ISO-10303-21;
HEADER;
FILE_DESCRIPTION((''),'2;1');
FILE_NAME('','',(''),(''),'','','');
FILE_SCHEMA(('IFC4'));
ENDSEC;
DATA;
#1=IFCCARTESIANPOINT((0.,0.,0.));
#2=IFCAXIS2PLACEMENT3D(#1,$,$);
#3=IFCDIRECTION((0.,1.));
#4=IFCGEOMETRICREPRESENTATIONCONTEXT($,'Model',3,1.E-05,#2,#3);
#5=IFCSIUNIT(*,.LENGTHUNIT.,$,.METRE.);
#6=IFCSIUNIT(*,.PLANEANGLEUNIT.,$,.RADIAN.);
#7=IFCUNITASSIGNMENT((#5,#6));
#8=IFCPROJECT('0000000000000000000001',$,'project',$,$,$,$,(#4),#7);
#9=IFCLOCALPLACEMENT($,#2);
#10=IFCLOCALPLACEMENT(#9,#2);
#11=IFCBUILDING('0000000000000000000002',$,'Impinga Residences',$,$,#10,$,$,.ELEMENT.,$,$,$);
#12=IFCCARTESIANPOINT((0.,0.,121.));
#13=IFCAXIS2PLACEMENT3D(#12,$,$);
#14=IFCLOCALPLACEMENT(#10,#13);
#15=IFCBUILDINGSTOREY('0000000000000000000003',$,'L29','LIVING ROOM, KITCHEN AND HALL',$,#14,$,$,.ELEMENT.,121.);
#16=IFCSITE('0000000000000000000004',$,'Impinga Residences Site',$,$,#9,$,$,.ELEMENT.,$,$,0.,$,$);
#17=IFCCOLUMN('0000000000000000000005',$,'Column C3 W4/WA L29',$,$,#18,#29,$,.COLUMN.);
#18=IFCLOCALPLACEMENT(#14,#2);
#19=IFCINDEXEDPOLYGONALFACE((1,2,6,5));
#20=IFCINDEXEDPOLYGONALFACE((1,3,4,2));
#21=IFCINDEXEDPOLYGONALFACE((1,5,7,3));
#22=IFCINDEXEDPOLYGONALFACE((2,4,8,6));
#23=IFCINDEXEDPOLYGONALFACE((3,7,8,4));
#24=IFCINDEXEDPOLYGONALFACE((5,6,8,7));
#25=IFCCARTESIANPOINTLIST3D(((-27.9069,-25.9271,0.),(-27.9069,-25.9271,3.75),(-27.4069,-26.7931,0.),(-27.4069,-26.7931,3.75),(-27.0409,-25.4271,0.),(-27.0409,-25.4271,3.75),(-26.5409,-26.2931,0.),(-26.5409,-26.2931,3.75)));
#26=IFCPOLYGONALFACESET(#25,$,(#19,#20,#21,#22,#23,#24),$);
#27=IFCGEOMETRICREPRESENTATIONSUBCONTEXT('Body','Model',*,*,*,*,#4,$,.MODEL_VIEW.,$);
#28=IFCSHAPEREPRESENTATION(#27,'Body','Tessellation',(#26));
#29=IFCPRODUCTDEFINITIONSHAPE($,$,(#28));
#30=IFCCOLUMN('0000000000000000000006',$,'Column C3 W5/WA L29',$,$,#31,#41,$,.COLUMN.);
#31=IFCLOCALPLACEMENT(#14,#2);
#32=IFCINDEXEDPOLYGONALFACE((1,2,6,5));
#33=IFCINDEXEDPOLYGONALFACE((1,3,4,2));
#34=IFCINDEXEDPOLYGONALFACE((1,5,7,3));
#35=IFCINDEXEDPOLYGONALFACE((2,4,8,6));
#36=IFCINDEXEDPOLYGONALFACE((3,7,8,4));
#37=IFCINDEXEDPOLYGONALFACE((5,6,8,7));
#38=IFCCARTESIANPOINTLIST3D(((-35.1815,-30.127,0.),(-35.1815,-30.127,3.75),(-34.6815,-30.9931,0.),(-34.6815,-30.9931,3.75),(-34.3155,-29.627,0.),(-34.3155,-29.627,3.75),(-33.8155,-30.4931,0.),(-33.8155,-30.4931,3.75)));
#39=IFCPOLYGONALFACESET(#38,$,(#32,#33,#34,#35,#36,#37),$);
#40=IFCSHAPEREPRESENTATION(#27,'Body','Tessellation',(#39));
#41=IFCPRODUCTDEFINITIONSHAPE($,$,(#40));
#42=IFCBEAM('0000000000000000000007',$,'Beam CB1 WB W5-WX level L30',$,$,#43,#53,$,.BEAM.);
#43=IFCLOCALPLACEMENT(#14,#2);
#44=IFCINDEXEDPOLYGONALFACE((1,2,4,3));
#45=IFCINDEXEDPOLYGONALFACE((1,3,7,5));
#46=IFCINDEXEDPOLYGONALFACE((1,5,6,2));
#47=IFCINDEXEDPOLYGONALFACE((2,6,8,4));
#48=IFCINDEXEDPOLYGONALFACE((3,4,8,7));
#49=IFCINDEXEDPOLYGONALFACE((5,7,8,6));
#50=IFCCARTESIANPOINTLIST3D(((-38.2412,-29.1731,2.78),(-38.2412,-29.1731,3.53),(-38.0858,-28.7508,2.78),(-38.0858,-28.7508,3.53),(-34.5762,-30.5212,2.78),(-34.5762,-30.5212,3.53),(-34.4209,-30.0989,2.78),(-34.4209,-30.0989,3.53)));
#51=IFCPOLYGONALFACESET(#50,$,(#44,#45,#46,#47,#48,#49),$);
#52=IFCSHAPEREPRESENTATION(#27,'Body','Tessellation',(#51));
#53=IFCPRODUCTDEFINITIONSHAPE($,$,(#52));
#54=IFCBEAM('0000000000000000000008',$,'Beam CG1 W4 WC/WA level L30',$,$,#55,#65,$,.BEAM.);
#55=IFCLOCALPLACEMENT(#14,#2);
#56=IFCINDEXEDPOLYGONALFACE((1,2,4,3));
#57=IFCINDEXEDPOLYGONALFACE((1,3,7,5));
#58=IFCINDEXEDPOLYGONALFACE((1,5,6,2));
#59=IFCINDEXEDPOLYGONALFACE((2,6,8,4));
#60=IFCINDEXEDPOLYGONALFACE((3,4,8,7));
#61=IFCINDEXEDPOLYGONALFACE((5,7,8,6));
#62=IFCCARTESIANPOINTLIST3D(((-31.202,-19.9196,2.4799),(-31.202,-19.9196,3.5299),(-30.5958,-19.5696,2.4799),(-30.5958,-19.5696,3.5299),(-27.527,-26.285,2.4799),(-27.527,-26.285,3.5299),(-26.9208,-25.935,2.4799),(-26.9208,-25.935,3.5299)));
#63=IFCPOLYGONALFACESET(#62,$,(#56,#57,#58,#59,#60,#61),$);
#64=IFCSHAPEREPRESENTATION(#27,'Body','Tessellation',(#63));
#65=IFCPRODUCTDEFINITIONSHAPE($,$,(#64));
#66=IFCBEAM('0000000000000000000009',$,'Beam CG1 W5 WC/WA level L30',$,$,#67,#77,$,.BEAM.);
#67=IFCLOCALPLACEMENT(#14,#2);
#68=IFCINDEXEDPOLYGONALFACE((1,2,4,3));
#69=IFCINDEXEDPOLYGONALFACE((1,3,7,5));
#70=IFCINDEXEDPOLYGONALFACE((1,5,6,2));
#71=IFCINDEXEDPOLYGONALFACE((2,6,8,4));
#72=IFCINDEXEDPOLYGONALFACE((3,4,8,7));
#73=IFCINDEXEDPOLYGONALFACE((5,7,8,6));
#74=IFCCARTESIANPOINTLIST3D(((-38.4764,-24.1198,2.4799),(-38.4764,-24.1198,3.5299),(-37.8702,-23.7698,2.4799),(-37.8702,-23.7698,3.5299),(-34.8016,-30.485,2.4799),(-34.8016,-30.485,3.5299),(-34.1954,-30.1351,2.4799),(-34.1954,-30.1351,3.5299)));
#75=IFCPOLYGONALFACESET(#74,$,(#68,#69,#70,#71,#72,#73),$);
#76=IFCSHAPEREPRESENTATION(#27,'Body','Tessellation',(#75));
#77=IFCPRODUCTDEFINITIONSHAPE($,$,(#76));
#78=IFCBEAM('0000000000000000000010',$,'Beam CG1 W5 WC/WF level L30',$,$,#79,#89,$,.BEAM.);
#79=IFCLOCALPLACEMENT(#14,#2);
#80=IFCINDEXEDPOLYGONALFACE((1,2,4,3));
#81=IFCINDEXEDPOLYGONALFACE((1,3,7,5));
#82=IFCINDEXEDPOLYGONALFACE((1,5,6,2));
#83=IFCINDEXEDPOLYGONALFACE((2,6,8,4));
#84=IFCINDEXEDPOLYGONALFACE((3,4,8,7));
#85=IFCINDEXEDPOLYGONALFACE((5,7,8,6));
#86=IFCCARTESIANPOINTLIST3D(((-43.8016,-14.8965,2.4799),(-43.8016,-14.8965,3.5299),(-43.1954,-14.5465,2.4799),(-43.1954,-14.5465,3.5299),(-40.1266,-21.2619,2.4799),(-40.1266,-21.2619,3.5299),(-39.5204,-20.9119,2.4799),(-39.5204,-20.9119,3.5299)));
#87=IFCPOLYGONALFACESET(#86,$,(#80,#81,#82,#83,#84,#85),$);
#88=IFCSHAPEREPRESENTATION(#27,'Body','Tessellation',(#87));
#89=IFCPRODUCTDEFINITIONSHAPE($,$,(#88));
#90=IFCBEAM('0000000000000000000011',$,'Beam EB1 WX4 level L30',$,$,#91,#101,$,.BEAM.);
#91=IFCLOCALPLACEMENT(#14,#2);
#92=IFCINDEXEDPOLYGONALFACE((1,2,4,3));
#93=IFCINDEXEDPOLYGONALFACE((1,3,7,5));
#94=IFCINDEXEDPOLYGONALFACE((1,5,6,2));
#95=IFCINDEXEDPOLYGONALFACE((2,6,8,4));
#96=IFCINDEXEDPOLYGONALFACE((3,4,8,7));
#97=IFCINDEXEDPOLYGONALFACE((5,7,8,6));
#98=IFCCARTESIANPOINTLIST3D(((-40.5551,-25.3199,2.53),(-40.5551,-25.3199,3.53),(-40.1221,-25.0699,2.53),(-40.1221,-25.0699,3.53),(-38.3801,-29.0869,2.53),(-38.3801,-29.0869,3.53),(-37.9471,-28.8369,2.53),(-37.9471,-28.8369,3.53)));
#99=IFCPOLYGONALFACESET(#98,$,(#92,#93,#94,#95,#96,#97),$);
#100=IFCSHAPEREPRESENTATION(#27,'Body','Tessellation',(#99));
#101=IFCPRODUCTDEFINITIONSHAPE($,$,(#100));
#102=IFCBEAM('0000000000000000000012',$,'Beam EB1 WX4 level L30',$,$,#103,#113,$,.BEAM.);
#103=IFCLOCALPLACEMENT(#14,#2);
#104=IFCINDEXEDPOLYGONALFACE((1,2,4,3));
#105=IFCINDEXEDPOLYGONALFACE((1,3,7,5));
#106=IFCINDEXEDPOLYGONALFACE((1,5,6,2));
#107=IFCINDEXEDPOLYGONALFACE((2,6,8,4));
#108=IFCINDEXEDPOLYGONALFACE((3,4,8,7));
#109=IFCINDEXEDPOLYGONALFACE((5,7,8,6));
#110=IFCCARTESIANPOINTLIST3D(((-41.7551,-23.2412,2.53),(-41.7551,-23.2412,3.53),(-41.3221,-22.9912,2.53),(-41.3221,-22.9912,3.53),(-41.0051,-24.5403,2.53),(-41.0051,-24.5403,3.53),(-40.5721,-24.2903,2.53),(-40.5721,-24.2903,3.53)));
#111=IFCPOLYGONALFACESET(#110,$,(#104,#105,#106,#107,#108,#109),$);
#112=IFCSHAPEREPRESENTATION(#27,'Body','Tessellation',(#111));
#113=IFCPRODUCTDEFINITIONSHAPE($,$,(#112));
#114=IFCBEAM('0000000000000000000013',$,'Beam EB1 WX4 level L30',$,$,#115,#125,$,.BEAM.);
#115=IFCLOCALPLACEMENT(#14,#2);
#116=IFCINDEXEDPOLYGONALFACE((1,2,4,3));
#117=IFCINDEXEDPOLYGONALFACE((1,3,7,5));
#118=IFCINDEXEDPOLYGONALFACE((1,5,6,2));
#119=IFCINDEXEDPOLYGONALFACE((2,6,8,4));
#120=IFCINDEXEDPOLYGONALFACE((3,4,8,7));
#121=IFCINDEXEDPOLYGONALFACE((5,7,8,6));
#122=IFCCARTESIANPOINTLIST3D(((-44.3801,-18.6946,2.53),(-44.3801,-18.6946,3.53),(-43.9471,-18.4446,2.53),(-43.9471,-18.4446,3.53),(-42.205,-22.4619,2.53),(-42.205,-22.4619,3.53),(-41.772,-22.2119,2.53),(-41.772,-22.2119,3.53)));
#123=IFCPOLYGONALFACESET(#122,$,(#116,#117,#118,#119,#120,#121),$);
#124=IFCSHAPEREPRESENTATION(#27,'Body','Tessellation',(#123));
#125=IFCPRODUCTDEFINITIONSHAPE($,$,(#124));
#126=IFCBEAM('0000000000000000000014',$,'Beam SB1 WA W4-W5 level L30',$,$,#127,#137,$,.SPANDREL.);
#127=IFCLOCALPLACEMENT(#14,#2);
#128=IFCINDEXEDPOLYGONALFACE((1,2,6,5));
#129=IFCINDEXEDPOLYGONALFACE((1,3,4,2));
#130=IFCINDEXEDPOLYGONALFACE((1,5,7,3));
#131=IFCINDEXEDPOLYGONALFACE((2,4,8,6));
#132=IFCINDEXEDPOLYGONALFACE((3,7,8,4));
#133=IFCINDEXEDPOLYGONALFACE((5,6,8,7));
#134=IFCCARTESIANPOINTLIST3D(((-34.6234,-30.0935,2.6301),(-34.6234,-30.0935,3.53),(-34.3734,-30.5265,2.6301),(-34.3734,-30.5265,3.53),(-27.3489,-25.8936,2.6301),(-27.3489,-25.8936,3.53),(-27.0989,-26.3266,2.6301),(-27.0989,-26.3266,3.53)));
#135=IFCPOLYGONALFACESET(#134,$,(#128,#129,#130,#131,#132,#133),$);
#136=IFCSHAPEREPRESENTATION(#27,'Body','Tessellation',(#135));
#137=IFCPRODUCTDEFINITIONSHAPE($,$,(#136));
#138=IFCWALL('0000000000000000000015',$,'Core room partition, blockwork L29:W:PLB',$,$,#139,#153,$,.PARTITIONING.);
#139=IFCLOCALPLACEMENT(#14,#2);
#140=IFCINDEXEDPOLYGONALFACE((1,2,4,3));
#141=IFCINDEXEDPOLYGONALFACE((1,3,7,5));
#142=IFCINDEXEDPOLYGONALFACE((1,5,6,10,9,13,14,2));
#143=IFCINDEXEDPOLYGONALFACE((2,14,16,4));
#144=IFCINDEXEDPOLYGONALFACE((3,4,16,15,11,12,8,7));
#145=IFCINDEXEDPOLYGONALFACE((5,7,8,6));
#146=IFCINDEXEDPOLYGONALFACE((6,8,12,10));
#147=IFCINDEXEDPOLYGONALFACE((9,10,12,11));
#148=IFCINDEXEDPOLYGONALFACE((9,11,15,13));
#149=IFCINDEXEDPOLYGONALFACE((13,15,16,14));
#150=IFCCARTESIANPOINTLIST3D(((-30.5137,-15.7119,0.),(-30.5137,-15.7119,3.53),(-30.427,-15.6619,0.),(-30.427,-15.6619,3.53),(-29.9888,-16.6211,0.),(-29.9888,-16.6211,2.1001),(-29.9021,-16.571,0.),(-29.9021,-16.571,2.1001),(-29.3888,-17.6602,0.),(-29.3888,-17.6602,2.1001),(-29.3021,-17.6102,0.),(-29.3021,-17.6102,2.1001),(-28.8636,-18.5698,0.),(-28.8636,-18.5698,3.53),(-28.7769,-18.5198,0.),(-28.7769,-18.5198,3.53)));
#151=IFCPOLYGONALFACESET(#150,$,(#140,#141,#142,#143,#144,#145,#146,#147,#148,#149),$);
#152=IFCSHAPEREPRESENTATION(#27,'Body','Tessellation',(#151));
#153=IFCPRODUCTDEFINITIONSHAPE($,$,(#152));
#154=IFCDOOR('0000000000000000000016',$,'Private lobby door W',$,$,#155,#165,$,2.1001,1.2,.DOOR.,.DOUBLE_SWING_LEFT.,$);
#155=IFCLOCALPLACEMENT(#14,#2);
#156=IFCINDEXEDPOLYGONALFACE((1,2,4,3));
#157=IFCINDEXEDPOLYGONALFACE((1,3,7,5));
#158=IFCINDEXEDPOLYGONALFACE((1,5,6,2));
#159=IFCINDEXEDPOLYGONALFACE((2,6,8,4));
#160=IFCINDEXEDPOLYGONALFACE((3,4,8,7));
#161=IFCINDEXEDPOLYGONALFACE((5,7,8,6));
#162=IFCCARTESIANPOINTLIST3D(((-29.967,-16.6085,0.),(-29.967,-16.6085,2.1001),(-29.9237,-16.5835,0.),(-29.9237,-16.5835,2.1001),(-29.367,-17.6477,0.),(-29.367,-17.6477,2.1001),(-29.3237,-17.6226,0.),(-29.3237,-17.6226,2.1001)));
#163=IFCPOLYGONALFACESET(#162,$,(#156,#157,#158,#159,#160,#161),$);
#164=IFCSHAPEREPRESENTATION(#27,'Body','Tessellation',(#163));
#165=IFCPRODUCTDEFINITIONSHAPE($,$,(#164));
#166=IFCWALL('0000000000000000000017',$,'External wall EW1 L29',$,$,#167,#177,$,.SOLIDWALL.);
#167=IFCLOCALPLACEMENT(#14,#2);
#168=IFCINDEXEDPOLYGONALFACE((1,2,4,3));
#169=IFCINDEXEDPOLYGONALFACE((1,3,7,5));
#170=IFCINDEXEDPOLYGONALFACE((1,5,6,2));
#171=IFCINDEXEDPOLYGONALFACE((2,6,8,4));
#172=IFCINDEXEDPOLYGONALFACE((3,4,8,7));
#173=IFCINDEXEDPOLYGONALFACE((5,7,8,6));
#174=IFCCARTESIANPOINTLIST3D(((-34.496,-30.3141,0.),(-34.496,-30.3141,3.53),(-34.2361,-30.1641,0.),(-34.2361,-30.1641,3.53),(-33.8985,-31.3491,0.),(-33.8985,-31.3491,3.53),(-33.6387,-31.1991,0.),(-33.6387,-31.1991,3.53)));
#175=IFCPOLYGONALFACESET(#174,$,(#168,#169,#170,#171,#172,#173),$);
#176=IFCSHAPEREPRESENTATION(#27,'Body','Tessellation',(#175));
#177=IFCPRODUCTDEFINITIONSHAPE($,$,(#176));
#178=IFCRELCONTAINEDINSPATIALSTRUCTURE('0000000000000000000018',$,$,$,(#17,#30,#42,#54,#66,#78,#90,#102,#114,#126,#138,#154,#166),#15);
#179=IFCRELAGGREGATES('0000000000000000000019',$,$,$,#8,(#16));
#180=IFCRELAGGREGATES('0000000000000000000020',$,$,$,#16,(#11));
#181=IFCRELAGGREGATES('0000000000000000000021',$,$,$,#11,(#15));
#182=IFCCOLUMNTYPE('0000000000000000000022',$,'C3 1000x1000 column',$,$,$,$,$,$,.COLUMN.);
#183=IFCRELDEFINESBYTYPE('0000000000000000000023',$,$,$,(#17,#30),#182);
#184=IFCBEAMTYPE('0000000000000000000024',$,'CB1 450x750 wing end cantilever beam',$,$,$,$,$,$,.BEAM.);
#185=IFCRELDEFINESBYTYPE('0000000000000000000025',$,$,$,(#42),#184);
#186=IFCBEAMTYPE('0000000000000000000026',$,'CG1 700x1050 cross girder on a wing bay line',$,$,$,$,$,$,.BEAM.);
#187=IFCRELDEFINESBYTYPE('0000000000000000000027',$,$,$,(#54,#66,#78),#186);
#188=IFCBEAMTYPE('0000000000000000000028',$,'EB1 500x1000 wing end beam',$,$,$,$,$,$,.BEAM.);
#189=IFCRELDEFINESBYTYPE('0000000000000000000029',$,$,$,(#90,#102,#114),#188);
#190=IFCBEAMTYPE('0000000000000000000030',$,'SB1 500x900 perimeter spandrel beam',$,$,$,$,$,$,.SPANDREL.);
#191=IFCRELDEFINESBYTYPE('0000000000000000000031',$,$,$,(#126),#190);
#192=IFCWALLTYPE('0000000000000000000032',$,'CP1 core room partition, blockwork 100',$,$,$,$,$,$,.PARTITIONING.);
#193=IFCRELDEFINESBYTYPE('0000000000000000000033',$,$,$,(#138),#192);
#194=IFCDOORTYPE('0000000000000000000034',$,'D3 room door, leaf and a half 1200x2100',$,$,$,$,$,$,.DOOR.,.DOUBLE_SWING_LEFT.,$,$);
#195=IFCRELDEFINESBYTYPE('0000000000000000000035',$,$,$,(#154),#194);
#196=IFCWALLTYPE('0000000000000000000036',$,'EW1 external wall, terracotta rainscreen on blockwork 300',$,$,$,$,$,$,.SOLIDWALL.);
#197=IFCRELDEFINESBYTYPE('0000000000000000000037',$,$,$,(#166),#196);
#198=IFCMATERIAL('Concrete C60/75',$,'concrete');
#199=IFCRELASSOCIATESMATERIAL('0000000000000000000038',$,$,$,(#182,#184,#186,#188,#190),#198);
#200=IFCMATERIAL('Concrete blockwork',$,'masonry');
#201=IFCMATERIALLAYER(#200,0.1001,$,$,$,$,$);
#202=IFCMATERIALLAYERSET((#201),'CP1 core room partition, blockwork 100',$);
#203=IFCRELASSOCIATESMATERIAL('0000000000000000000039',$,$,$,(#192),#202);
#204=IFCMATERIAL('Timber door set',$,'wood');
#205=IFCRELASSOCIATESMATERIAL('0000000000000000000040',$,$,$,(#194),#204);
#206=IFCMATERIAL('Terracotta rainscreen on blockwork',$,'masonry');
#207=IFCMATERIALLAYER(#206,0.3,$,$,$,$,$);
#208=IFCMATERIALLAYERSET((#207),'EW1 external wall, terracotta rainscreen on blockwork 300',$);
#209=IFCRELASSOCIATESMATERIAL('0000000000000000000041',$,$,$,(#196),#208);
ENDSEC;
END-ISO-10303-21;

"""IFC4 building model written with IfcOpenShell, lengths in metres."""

from ifc_helpers import new_model, si_unit, direction, frame, frame_2d, origin, origin_2d, place, context, subcontext, project, spatial, rectangle, extrude, material, layer, layer_set, material_profile, profile_set, type_object, element, fill, save


model = new_model("IFC4")

# Units and contexts
model_context = context("Model", 3, precision=1e-05, world=origin(), true_north=direction((0.0, 1.0)))
body_context = subcontext(model_context, "Body", "Model", "MODEL_VIEW")
ifc_project = project(units=[si_unit("LENGTHUNIT", "METRE"), si_unit("PLANEANGLEUNIT", "RADIAN")], contexts=[model_context])

# Site, building, storey
site_placement = place(None, origin())
site = spatial("IfcSite", under=ifc_project, at=site_placement, Name="Impinga Residences Site", CompositionType="ELEMENT", RefElevation=0.0)
building_placement = place(site_placement, origin())
building = spatial("IfcBuilding", under=site, at=building_placement, Name="Impinga Residences", CompositionType="ELEMENT")
storey_placement = place(building_placement, frame((0.0, 0.0, 121.0)))
storey = spatial("IfcBuildingStorey", under=building, at=storey_placement, Name="L29", Description="LIVING ROOM, KITCHEN AND HALL", CompositionType="ELEMENT", Elevation=121.0)

# Columns
ifc_material_1 = material(Name="Concrete C60/75", Category="concrete")
ifc_material_profile_1 = material_profile(ifc_material_1, rectangle(XDim=1.0, YDim=1.0, at=origin_2d()), Name="RC 1000x1000")
ifc_profile_set_1 = profile_set([ifc_material_profile_1], Name="Concrete C60/75")
column_type = type_object("IfcColumnType", Name="C3 1000x1000 column", PredefinedType="COLUMN", material=ifc_profile_set_1)
for number, where, z_axis, x_axis, name in (
    (1, (-27.2239, -26.1101, 0.0), (0.0, 0.0, 1.0), (-0.5, 0.866025, 0.0), "Column C3 W4/WA L29"),
    (2, (-34.4985, -30.3101, 0.0), (0.0, 0.0, 1.0), (-0.5, 0.866025, 0.0), "Column C3 W5/WA L29"),
):
    element("IfcColumn", number, at=place(storey_placement, frame(where, z_axis=z_axis, x_axis=x_axis)), inside=storey, type_object=column_type, Name=name, PredefinedType="COLUMN", context=body_context, shape_type="SweptSolid", body=[
        extrude(rectangle(XDim=1.0, YDim=1.0, at=origin_2d()), origin(), (0.0, 0.0, 1.0), 3.75),
    ])

# Beams
ifc_material_profile_2 = material_profile(ifc_material_1, rectangle(XDim=0.45, YDim=0.75, at=origin_2d()), Name="RC 450x750")
ifc_profile_set_2 = profile_set([ifc_material_profile_2], Name="Concrete C60/75")
beam_type_1 = type_object("IfcBeamType", Name="CB1 450x750 wing end cantilever beam", PredefinedType="BEAM", material=ifc_profile_set_2)
beam_1_placement = place(storey_placement, frame((-34.4985, -30.3101, 3.155), z_axis=(-0.93852, 0.345224, 0.0), x_axis=(-0.345224, -0.93852, 0.0)))
element("IfcBeam", 3, at=beam_1_placement, inside=storey, type_object=beam_type_1, Name="Beam CB1 WB W5-WX level L30", PredefinedType="BEAM", context=body_context, shape_type="SweptSolid", body=[
    extrude(rectangle(XDim=0.45, YDim=0.75, at=origin_2d()), origin(), (0.0, 0.0, 1.0), 3.905),
])
ifc_material_profile_3 = material_profile(ifc_material_1, rectangle(XDim=0.7, YDim=1.05, at=origin_2d()), Name="RC 700x1050")
ifc_profile_set_3 = profile_set([ifc_material_profile_3], Name="Concrete C60/75")
beam_type_2 = type_object("IfcBeamType", Name="CG1 700x1050 cross girder on a wing bay line", PredefinedType="BEAM", material=ifc_profile_set_3)
beam_2_placement = place(storey_placement, frame((-30.8989, -19.7446, 3.0049), z_axis=(0.499994, -0.866029, 0.0), x_axis=(0.866029, 0.499994, 0.0)))
element("IfcBeam", 4, at=beam_2_placement, inside=storey, type_object=beam_type_2, Name="Beam CG1 W4 WC/WA level L30", PredefinedType="BEAM", context=body_context, shape_type="SweptSolid", body=[
    extrude(rectangle(XDim=0.7, YDim=1.05, at=origin_2d()), origin(), (0.0, 0.0, 1.0), 7.3501),
])
beam_3_placement = place(storey_placement, frame((-38.1733, -23.9448, 3.0049), z_axis=(0.499983, -0.866035, 0.0), x_axis=(0.866035, 0.499983, 0.0)))
element("IfcBeam", 5, at=beam_3_placement, inside=storey, type_object=beam_type_2, Name="Beam CG1 W5 WC/WA level L30", PredefinedType="BEAM", context=body_context, shape_type="SweptSolid", body=[
    extrude(rectangle(XDim=0.7, YDim=1.05, at=origin_2d()), origin(), (0.0, 0.0, 1.0), 7.3499),
])
beam_4_placement = place(storey_placement, frame((-39.8235, -21.0869, 3.0049), z_axis=(-0.499994, 0.866029, 0.0), x_axis=(-0.866029, -0.499994, 0.0)))
element("IfcBeam", 6, at=beam_4_placement, inside=storey, type_object=beam_type_2, Name="Beam CG1 W5 WC/WF level L30", PredefinedType="BEAM", context=body_context, shape_type="SweptSolid", body=[
    extrude(rectangle(XDim=0.7, YDim=1.05, at=origin_2d()), origin(), (0.0, 0.0, 1.0), 7.3501),
])
ifc_material_profile_4 = material_profile(ifc_material_1, rectangle(XDim=0.5, YDim=1.0, at=origin_2d()), Name="RC 500x1000")
ifc_profile_set_4 = profile_set([ifc_material_profile_4], Name="Concrete C60/75")
beam_type_3 = type_object("IfcBeamType", Name="EB1 500x1000 wing end beam", PredefinedType="BEAM", material=ifc_profile_set_4)
beam_5_placement = place(storey_placement, frame((-38.1636, -28.9619, 3.03), z_axis=(-0.50002, 0.866014, 0.0), x_axis=(-0.866014, -0.50002, 0.0)))
element("IfcBeam", 7, at=beam_5_placement, inside=storey, type_object=beam_type_3, Name="Beam EB1 WX4 level L30", PredefinedType="BEAM", context=body_context, shape_type="SweptSolid", body=[
    extrude(rectangle(XDim=0.5, YDim=1.0, at=origin_2d()), origin(), (0.0, 0.0, 1.0), 4.3499),
])
beam_6_placement = place(storey_placement, frame((-40.7886, -24.4153, 3.03), z_axis=(-0.49999, 0.866031, 0.0), x_axis=(-0.866031, -0.49999, 0.0)))
element("IfcBeam", 8, at=beam_6_placement, inside=storey, type_object=beam_type_3, Name="Beam EB1 WX4 level L30", PredefinedType="BEAM", context=body_context, shape_type="SweptSolid", body=[
    extrude(rectangle(XDim=0.5, YDim=1.0, at=origin_2d()), origin(), (0.0, 0.0, 1.0), 1.5),
])
beam_7_placement = place(storey_placement, frame((-41.9885, -22.3369, 3.03), z_axis=(-0.499996, 0.866028, 0.0), x_axis=(-0.866028, -0.499996, 0.0)))
element("IfcBeam", 9, at=beam_7_placement, inside=storey, type_object=beam_type_3, Name="Beam EB1 WX4 level L30", PredefinedType="BEAM", context=body_context, shape_type="SweptSolid", body=[
    extrude(rectangle(XDim=0.5, YDim=1.0, at=origin_2d()), origin(), (0.0, 0.0, 1.0), 4.3501),
])
ifc_material_profile_5 = material_profile(ifc_material_1, rectangle(XDim=0.5, YDim=0.8999, at=origin_2d()), Name="RC 500x900")
ifc_profile_set_5 = profile_set([ifc_material_profile_5], Name="Concrete C60/75")
beam_type_4 = type_object("IfcBeamType", Name="SB1 500x900 perimeter spandrel beam", PredefinedType="SPANDREL", material=ifc_profile_set_5)
beam_8_placement = place(storey_placement, frame((-27.2239, -26.1101, 3.0801), z_axis=(-0.866029, -0.499993, 0.0), x_axis=(0.499993, -0.866029, 0.0)))
element("IfcBeam", 10, at=beam_8_placement, inside=storey, type_object=beam_type_4, Name="Beam SB1 WA W4-W5 level L30", PredefinedType="SPANDREL", context=body_context, shape_type="SweptSolid", body=[
    extrude(rectangle(XDim=0.5, YDim=0.8999, at=origin_2d()), origin(), (0.0, 0.0, 1.0), 8.3999),
])

# Wall, opening, door
ifc_material_2 = material(Name="Concrete blockwork", Category="masonry")
ifc_layer_1 = layer(ifc_material_2, 0.1001)
ifc_layer_set_1 = layer_set([ifc_layer_1], Name="CP1 core room partition, blockwork 100")
wall_type_1 = type_object("IfcWallType", Name="CP1 core room partition, blockwork 100", PredefinedType="PARTITIONING", material=ifc_layer_set_1)
wall_1_placement = place(storey_placement, frame((-28.8203, -18.5447, 0.0), z_axis=(0.0, 0.0, 1.0), x_axis=(-0.50003, 0.866008, 0.0)))
wall_1 = element("IfcWall", 11, at=wall_1_placement, inside=storey, type_object=wall_type_1, Name="Core room partition, blockwork L29:W:PLB", PredefinedType="PARTITIONING", context=body_context, shape_type="SweptSolid", body=[
    extrude(rectangle(XDim=3.3, YDim=0.1001, at=frame_2d((1.6499, 0.0))), origin(), (0.0, 0.0, 1.0), 3.53),
])
opening_1_placement = place(wall_1_placement, frame((1.05, 0.0, 0.0)))
opening_1 = element("IfcOpeningElement", 12, at=opening_1_placement, cuts=wall_1, PredefinedType="OPENING", context=body_context, shape_type="SweptSolid", body=[
    extrude(rectangle(XDim=1.2, YDim=2.1001, at=frame_2d((0.6001, 1.05))), frame((0.0, 0.0601, 0.0), z_axis=(0.0, -1.0, 0.0), x_axis=(1.0, 0.0, 0.0)), (0.0, 0.0, 1.0), 0.1201),
])
ifc_material_3 = material(Name="Timber door set", Category="wood")
door_type_1 = type_object("IfcDoorType", Name="D3 room door, leaf and a half 1200x2100", OperationType="DOUBLE_SWING_LEFT", PredefinedType="DOOR", material=ifc_material_3)
door_1_placement = place(opening_1_placement, origin())
door_1 = element("IfcDoor", 13, at=door_1_placement, inside=storey, type_object=door_type_1, Name="Private lobby door W", OperationType="DOUBLE_SWING_LEFT", OverallHeight=2.1001, OverallWidth=1.2, PredefinedType="DOOR", context=body_context, shape_type="SweptSolid", body=[
    extrude(rectangle(XDim=1.2, YDim=2.1001, at=frame_2d((0.6001, 1.05))), frame((0.0, 0.0249, 0.0), z_axis=(0.0, -1.0, 0.0), x_axis=(1.0, 0.0, 0.0)), (0.0, 0.0, 1.0), 0.05),
])
fill(opening_1, door_1)

# Wall
ifc_material_4 = material(Name="Terracotta rainscreen on blockwork", Category="masonry")
ifc_layer_2 = layer(ifc_material_4, 0.3)
ifc_layer_set_2 = layer_set([ifc_layer_2], Name="EW1 external wall, terracotta rainscreen on blockwork 300")
wall_type_2 = type_object("IfcWallType", Name="EW1 external wall, terracotta rainscreen on blockwork 300", PredefinedType="SOLIDWALL", material=ifc_layer_set_2)
wall_2_placement = place(storey_placement, frame((-33.7686, -31.2742, 0.0), z_axis=(0.0, 0.0, 1.0), x_axis=(-0.499941, 0.86606, 0.0)))
element("IfcWall", 14, at=wall_2_placement, inside=storey, type_object=wall_type_2, Name="External wall EW1 L29", PredefinedType="SOLIDWALL", context=body_context, shape_type="SweptSolid", body=[
    extrude(rectangle(XDim=1.1951, YDim=0.3, at=frame_2d((0.5977, 0.0))), origin(), (0.0, 0.0, 1.0), 3.53),
])

save(model, "model.ifc")
